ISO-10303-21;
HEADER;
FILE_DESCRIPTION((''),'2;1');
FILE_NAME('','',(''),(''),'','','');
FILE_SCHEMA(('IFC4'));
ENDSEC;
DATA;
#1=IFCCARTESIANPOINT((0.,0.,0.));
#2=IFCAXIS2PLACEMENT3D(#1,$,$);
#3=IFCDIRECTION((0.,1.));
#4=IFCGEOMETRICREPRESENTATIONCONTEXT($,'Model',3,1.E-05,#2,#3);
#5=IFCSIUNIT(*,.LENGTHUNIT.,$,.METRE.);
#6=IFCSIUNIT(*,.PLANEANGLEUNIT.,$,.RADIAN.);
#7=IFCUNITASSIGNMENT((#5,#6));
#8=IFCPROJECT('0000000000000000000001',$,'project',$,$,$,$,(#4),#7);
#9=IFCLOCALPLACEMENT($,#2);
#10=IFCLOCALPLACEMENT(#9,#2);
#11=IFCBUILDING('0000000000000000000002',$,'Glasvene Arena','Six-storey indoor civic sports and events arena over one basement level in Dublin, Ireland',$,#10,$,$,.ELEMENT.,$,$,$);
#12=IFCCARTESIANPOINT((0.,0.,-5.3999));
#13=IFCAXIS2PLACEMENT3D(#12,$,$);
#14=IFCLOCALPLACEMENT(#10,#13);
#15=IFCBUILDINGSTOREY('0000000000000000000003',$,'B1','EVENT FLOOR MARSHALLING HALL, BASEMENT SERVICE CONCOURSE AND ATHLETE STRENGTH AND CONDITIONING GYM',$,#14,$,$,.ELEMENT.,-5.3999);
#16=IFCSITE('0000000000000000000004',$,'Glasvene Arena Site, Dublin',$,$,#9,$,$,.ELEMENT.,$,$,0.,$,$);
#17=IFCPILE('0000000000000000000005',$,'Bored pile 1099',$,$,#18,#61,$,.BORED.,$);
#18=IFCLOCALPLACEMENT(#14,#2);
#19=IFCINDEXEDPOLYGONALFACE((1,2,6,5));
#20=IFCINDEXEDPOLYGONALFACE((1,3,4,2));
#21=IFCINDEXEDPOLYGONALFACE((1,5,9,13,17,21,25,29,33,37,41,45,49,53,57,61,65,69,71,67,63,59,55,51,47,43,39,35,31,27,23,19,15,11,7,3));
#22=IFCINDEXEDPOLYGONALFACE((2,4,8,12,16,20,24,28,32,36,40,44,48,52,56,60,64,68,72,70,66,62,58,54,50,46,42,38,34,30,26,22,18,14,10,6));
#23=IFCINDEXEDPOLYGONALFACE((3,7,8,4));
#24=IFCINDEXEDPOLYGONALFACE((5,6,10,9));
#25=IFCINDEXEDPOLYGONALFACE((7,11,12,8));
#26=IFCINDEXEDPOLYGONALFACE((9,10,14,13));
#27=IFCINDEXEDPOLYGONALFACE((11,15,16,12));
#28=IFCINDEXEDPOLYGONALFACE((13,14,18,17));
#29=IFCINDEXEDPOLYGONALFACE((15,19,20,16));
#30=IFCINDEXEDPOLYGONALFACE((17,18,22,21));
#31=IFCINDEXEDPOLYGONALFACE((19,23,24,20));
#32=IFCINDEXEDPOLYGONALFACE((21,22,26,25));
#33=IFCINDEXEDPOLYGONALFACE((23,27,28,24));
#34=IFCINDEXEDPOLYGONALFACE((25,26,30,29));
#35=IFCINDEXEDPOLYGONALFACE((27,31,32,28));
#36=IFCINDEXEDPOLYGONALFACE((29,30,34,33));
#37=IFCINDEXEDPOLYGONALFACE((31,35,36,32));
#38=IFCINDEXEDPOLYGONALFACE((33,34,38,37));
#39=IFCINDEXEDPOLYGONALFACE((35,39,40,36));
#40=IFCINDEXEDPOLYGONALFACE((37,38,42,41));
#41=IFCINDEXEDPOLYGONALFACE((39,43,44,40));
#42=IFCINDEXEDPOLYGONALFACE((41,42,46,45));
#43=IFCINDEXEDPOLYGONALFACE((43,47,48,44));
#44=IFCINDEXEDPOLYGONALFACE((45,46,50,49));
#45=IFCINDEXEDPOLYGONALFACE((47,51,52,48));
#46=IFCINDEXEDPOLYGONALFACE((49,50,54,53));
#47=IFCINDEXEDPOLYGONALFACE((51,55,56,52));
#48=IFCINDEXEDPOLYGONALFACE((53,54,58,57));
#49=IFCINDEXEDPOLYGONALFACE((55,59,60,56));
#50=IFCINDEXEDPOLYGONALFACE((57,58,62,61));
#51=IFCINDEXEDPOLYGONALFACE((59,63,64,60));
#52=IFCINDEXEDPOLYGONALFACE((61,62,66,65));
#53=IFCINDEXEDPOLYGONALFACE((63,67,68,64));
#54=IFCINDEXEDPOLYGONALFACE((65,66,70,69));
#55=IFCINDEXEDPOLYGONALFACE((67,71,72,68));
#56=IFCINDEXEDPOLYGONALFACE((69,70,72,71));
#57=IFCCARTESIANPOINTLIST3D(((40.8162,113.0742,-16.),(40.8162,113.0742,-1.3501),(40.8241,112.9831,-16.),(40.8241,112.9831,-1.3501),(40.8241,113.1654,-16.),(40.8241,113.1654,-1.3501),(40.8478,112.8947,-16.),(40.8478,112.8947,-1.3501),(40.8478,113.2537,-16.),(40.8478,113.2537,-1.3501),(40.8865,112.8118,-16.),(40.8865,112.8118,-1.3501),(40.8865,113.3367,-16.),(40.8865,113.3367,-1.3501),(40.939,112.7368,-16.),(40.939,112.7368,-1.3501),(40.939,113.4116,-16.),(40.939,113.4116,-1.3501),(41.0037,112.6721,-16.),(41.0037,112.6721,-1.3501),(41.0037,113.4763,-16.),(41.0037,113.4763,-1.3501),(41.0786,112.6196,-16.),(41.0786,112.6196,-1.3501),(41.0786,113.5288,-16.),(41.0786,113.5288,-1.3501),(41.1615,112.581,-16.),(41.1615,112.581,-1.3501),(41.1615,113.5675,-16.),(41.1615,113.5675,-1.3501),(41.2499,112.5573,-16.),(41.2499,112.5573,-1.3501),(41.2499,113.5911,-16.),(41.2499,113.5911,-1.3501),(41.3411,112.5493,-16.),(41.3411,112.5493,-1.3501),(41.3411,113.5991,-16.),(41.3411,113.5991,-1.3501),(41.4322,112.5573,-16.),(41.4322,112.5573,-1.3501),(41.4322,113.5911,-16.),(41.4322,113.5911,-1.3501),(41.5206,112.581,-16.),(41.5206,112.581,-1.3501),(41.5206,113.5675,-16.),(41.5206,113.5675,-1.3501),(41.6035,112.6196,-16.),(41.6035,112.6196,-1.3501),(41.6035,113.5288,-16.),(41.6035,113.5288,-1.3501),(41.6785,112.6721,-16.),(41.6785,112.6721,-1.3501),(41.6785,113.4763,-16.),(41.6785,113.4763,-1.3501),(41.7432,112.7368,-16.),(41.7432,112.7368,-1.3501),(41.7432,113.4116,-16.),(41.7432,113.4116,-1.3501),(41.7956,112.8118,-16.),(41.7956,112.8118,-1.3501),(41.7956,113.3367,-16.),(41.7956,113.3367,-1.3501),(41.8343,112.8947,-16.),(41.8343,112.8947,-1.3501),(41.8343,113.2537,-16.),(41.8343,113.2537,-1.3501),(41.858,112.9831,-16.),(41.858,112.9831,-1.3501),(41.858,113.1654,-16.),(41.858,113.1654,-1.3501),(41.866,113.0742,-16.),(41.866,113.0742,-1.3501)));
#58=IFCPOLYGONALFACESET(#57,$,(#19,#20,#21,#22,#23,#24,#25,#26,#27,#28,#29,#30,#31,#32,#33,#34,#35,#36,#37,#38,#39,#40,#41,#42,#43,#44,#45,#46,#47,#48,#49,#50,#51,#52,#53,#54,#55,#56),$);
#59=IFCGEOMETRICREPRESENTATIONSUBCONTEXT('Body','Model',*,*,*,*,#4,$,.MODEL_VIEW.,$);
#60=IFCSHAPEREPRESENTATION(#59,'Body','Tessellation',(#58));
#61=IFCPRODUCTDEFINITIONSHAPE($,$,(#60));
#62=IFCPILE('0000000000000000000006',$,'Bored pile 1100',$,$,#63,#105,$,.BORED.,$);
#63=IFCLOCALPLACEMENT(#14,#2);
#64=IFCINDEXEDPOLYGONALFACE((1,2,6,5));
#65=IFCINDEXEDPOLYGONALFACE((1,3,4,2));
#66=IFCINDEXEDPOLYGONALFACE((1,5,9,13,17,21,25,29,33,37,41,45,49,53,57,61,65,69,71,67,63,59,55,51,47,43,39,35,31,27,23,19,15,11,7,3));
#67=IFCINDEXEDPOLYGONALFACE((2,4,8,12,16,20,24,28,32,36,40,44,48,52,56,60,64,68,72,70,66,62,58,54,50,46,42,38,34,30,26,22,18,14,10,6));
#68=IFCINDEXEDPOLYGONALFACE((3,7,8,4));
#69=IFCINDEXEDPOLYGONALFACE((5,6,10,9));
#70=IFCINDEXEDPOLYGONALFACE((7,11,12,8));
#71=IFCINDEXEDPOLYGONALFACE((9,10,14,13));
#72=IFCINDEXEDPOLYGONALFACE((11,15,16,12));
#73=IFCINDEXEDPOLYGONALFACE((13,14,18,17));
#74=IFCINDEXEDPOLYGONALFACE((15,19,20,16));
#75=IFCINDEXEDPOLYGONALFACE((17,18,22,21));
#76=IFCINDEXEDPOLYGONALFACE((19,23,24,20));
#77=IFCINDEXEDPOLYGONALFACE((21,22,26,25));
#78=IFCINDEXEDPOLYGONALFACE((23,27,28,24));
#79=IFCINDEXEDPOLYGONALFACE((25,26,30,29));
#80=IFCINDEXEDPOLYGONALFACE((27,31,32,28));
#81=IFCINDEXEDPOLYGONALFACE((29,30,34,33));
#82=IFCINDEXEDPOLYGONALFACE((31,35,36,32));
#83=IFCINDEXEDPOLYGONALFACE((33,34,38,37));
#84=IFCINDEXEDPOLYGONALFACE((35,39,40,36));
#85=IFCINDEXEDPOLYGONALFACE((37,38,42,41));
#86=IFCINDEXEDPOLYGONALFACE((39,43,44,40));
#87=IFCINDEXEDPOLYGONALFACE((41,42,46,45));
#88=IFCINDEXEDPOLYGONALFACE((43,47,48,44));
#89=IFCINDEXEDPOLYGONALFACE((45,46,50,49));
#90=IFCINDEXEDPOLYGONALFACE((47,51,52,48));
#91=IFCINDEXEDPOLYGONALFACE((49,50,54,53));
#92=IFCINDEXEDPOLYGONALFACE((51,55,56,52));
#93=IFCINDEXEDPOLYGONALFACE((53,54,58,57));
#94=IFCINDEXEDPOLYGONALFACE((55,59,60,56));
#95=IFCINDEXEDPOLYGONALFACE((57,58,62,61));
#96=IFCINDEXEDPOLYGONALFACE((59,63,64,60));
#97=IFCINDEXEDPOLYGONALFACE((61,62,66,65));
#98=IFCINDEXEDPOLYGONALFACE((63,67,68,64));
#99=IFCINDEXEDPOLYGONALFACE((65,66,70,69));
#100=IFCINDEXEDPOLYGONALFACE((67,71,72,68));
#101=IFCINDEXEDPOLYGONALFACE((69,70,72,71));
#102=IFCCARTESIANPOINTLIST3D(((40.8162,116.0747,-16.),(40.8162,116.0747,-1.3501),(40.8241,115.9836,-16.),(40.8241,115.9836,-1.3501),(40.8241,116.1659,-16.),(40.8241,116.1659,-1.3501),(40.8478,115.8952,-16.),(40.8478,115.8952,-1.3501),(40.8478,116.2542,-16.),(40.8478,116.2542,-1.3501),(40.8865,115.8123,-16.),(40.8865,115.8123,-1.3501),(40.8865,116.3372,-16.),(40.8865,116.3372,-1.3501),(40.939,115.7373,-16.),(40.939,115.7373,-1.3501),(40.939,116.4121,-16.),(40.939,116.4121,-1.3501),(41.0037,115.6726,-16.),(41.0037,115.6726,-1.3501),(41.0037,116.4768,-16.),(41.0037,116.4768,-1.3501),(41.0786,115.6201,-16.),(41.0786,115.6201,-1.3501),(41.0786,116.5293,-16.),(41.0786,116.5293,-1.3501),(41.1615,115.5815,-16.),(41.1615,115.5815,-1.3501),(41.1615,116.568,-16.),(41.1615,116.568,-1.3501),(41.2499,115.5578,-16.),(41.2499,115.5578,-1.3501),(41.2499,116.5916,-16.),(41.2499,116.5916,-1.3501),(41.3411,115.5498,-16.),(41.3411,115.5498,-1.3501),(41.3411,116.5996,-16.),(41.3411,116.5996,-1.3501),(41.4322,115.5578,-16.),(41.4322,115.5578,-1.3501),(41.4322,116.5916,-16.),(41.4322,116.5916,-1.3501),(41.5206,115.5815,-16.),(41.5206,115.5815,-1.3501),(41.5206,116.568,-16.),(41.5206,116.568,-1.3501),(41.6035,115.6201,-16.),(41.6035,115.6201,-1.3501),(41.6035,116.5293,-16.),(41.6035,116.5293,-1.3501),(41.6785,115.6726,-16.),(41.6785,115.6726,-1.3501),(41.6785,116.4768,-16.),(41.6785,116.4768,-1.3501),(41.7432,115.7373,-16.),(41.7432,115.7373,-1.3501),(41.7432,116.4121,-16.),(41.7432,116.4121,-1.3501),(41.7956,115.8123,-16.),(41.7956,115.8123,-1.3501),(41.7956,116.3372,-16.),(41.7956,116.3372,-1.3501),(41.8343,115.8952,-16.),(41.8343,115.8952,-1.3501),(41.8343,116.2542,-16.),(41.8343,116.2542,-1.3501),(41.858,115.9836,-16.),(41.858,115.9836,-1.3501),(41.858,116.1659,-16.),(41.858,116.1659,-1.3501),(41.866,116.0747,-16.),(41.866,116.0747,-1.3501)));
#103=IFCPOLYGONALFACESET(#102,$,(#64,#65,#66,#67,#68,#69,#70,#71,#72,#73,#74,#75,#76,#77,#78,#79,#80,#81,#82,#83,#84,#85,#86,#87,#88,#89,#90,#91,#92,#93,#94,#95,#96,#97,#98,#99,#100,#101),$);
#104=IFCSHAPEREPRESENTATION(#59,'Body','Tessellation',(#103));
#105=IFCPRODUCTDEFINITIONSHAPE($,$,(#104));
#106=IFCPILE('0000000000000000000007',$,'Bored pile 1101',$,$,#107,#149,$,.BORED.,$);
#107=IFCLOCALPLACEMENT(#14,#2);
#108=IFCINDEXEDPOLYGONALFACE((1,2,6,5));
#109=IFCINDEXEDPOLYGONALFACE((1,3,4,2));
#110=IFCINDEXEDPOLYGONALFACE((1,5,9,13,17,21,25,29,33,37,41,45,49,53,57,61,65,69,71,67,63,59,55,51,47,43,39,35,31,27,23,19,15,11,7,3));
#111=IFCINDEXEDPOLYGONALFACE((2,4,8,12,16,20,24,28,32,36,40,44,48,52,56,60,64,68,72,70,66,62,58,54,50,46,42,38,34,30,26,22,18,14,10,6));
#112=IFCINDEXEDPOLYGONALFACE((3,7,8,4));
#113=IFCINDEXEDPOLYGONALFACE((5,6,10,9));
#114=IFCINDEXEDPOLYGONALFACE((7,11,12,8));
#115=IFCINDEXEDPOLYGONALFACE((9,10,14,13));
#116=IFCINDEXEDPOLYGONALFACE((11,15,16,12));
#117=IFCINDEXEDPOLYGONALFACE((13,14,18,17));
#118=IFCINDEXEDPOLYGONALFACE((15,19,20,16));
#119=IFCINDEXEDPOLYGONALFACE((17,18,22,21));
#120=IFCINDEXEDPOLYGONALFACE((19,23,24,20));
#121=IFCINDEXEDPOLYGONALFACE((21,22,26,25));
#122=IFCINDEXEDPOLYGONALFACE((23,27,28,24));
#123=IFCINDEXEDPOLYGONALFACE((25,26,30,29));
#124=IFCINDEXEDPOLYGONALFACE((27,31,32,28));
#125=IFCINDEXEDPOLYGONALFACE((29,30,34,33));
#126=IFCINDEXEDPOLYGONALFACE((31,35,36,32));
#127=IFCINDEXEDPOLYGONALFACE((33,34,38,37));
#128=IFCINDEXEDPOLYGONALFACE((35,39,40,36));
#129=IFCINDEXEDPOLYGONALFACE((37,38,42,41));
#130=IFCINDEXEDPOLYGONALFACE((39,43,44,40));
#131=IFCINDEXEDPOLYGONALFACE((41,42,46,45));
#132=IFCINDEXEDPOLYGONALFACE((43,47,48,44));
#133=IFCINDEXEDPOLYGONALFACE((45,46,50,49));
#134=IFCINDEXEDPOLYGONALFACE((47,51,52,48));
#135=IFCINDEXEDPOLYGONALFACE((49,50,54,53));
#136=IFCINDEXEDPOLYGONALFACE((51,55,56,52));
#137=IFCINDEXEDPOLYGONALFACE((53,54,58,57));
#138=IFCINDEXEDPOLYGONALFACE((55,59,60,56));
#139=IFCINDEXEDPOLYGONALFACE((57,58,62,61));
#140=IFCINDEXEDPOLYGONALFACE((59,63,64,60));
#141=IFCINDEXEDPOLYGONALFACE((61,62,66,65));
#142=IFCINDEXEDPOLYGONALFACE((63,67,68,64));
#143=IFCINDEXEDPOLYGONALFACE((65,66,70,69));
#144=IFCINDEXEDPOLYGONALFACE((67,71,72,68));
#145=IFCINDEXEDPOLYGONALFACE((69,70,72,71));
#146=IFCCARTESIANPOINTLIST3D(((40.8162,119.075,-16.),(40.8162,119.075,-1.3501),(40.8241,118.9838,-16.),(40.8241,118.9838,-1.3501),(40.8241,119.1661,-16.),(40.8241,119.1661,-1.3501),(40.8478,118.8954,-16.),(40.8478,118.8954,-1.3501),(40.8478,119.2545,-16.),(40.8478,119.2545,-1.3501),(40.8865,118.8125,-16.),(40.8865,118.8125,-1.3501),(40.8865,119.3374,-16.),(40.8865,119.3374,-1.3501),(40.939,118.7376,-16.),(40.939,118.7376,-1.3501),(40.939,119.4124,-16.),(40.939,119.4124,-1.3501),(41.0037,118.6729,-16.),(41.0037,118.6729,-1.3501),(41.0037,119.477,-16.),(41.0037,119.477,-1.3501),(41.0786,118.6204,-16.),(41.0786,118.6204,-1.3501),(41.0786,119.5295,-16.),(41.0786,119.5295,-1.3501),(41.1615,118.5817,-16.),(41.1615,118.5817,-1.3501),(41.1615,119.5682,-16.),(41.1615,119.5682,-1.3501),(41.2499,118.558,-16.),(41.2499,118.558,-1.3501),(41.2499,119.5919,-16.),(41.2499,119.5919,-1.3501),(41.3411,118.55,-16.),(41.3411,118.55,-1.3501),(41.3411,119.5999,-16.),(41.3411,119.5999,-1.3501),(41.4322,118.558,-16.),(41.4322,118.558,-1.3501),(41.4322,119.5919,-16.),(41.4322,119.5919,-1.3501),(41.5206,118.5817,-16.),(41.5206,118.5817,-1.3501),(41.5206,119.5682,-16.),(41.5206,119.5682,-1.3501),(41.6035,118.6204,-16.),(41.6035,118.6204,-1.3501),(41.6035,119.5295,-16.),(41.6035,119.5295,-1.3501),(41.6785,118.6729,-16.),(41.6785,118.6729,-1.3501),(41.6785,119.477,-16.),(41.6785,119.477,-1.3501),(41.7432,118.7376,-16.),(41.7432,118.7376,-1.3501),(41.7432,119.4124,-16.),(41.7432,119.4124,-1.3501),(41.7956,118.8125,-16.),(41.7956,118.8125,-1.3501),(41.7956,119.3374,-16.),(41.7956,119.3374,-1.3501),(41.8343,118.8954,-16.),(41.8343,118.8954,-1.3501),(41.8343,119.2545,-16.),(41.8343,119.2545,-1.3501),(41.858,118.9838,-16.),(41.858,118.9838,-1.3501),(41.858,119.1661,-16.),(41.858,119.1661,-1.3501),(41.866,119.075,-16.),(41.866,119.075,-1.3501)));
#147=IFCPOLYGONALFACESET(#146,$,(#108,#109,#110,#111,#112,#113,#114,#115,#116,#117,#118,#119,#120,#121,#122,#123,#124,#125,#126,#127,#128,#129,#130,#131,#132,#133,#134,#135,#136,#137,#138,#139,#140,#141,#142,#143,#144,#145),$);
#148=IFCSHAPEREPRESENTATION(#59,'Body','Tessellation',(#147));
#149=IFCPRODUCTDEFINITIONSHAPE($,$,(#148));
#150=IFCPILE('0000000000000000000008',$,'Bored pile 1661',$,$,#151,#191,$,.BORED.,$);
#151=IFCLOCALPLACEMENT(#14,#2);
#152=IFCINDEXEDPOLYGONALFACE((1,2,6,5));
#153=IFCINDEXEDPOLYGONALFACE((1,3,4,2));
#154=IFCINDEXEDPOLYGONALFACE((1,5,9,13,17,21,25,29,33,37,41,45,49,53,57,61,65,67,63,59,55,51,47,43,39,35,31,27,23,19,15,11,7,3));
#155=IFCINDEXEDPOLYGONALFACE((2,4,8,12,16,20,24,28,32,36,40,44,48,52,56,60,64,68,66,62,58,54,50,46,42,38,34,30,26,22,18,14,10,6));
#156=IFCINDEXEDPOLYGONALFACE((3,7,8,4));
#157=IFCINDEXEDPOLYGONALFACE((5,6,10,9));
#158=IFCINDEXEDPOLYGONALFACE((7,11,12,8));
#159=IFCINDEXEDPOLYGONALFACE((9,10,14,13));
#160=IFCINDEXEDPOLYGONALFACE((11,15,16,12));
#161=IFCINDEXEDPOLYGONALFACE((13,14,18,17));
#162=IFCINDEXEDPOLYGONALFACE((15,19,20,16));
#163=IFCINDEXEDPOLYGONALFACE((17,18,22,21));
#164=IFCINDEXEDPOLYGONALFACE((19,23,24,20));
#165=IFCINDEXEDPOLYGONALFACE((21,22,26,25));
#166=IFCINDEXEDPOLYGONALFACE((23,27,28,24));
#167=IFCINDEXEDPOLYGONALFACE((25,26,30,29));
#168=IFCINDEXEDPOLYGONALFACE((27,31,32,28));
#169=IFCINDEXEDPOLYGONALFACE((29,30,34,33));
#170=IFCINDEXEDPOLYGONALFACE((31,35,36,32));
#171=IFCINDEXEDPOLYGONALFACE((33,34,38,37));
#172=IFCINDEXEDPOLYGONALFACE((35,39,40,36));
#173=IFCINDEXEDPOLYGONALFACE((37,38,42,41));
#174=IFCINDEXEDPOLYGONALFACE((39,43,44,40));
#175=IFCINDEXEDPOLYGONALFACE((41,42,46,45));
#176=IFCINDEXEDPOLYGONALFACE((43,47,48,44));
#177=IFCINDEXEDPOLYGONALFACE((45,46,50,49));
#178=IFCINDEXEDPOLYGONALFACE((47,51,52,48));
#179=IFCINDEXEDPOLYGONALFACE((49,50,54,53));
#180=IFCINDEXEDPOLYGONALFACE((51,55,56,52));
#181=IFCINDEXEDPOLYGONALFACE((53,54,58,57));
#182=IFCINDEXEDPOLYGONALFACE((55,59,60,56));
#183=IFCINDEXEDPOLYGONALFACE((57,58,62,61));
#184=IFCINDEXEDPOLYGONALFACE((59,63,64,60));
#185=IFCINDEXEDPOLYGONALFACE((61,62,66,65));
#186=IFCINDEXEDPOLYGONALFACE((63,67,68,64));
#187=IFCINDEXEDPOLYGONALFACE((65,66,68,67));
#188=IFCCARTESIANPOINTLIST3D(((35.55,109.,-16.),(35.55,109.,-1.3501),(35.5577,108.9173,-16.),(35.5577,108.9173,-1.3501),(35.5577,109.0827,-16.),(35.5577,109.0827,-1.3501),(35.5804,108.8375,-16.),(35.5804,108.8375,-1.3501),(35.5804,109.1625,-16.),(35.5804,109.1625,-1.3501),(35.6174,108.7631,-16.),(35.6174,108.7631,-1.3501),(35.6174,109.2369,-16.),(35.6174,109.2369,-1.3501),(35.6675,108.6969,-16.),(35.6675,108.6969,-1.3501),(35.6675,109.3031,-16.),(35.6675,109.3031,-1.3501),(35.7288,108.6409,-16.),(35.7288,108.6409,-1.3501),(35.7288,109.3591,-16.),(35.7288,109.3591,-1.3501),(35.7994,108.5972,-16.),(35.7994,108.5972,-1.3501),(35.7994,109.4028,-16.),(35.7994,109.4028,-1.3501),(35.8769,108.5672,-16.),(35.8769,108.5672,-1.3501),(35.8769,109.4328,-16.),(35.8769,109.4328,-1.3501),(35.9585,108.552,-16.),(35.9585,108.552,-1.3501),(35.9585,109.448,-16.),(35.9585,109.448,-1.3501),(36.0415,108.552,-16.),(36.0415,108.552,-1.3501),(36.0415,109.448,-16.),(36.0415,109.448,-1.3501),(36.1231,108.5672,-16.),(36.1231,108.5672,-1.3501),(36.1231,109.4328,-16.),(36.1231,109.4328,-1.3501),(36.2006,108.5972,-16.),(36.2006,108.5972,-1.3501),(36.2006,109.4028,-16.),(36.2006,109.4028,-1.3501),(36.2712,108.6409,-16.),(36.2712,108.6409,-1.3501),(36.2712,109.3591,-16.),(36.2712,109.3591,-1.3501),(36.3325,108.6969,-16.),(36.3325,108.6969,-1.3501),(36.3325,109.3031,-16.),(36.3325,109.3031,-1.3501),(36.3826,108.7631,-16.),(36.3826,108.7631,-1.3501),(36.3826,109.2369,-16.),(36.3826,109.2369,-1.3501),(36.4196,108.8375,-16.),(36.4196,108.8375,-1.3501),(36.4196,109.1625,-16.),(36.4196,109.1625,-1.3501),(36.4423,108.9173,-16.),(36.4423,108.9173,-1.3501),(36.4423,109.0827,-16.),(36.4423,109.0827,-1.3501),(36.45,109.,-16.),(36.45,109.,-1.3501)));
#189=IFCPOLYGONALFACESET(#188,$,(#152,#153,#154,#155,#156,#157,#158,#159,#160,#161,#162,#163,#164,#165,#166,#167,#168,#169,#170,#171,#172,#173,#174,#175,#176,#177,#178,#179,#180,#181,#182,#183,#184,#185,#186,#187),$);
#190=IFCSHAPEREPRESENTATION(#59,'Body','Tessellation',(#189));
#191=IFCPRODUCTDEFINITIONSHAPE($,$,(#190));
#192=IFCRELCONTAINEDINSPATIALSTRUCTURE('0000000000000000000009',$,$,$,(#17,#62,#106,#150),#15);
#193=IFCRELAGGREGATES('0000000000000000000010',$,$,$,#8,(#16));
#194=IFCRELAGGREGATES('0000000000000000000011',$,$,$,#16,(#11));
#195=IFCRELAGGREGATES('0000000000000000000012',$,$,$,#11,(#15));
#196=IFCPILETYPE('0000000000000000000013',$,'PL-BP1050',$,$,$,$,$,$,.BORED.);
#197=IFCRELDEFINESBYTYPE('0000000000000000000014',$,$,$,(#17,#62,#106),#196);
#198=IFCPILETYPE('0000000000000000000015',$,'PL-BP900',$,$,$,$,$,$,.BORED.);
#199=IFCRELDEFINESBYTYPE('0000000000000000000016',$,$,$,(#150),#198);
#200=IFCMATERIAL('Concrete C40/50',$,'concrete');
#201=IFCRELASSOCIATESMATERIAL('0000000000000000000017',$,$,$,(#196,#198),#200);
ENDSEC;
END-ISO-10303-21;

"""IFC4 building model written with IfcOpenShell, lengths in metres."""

from ifc_helpers import new_model, si_unit, direction, frame, origin, origin_2d, place, context, subcontext, project, spatial, circle, extrude, material, material_profile, profile_set, type_object, element, save


model = new_model("IFC4")

# Units and contexts
model_context = context("Model", 3, precision=1e-05, world=origin(), true_north=direction((0.0, 1.0)))
body_context = subcontext(model_context, "Body", "Model", "MODEL_VIEW")
ifc_project = project(units=[si_unit("LENGTHUNIT", "METRE"), si_unit("PLANEANGLEUNIT", "RADIAN")], contexts=[model_context])

# Site, building, storey
site_placement = place(None, origin())
site = spatial("IfcSite", under=ifc_project, at=site_placement, Name="Glasvene Arena Site, Dublin", CompositionType="ELEMENT", RefElevation=0.0)
building_placement = place(site_placement, origin())
building = spatial("IfcBuilding", under=site, at=building_placement, Name="Glasvene Arena", Description="Six-storey indoor civic sports and events arena over one basement level in Dublin, Ireland", CompositionType="ELEMENT")
storey_placement = place(building_placement, frame((0.0, 0.0, -5.3999)))
storey = spatial("IfcBuildingStorey", under=building, at=storey_placement, Name="B1", Description="EVENT FLOOR MARSHALLING HALL, BASEMENT SERVICE CONCOURSE AND ATHLETE STRENGTH AND CONDITIONING GYM", CompositionType="ELEMENT", Elevation=-5.3999)

# Shared definitions
ifc_material_1 = material(Name="Concrete C40/50", Category="concrete")

# Piles
ifc_material_profile_1 = material_profile(ifc_material_1, circle(Radius=0.5249, at=origin_2d()), Name="BORED PILE 1050")
ifc_profile_set_1 = profile_set([ifc_material_profile_1], Name="Concrete C40/50")
pile_type_1 = type_object("IfcPileType", Name="PL-BP1050", PredefinedType="BORED", material=ifc_profile_set_1)
for number, where, z_axis, x_axis, name in (
    (1, (41.3411, 113.0742, -1.3501), (0.0, 0.0, -1.0), (1.0, 0.0, 0.0), "Bored pile 1099"),
    (2, (41.3411, 116.0747, -1.3501), (0.0, 0.0, -1.0), (1.0, 0.0, 0.0), "Bored pile 1100"),
    (3, (41.3411, 119.075, -1.3501), (0.0, 0.0, -1.0), (1.0, 0.0, 0.0), "Bored pile 1101"),
):
    element("IfcPile", number, at=place(storey_placement, frame(where, z_axis=z_axis, x_axis=x_axis)), inside=storey, type_object=pile_type_1, Name=name, PredefinedType="BORED", context=body_context, shape_type="SweptSolid", body=[
        extrude(circle(Radius=0.5249, at=origin_2d()), origin(), (0.0, 0.0, 1.0), 14.6499),
    ])
ifc_material_profile_2 = material_profile(ifc_material_1, circle(Radius=0.45, at=origin_2d()), Name="BORED PILE 900")
ifc_profile_set_2 = profile_set([ifc_material_profile_2], Name="Concrete C40/50")
pile_type_2 = type_object("IfcPileType", Name="PL-BP900", PredefinedType="BORED", material=ifc_profile_set_2)
for number, where, z_axis, x_axis, name in (
    (4, (36.0, 109.0, -1.3501), (0.0, 0.0, -1.0), (1.0, 0.0, 0.0), "Bored pile 1661"),
):
    element("IfcPile", number, at=place(storey_placement, frame(where, z_axis=z_axis, x_axis=x_axis)), inside=storey, type_object=pile_type_2, Name=name, PredefinedType="BORED", context=body_context, shape_type="SweptSolid", body=[
        extrude(circle(Radius=0.45, at=origin_2d()), origin(), (0.0, 0.0, 1.0), 14.6499),
    ])

save(model, "model.ifc")
